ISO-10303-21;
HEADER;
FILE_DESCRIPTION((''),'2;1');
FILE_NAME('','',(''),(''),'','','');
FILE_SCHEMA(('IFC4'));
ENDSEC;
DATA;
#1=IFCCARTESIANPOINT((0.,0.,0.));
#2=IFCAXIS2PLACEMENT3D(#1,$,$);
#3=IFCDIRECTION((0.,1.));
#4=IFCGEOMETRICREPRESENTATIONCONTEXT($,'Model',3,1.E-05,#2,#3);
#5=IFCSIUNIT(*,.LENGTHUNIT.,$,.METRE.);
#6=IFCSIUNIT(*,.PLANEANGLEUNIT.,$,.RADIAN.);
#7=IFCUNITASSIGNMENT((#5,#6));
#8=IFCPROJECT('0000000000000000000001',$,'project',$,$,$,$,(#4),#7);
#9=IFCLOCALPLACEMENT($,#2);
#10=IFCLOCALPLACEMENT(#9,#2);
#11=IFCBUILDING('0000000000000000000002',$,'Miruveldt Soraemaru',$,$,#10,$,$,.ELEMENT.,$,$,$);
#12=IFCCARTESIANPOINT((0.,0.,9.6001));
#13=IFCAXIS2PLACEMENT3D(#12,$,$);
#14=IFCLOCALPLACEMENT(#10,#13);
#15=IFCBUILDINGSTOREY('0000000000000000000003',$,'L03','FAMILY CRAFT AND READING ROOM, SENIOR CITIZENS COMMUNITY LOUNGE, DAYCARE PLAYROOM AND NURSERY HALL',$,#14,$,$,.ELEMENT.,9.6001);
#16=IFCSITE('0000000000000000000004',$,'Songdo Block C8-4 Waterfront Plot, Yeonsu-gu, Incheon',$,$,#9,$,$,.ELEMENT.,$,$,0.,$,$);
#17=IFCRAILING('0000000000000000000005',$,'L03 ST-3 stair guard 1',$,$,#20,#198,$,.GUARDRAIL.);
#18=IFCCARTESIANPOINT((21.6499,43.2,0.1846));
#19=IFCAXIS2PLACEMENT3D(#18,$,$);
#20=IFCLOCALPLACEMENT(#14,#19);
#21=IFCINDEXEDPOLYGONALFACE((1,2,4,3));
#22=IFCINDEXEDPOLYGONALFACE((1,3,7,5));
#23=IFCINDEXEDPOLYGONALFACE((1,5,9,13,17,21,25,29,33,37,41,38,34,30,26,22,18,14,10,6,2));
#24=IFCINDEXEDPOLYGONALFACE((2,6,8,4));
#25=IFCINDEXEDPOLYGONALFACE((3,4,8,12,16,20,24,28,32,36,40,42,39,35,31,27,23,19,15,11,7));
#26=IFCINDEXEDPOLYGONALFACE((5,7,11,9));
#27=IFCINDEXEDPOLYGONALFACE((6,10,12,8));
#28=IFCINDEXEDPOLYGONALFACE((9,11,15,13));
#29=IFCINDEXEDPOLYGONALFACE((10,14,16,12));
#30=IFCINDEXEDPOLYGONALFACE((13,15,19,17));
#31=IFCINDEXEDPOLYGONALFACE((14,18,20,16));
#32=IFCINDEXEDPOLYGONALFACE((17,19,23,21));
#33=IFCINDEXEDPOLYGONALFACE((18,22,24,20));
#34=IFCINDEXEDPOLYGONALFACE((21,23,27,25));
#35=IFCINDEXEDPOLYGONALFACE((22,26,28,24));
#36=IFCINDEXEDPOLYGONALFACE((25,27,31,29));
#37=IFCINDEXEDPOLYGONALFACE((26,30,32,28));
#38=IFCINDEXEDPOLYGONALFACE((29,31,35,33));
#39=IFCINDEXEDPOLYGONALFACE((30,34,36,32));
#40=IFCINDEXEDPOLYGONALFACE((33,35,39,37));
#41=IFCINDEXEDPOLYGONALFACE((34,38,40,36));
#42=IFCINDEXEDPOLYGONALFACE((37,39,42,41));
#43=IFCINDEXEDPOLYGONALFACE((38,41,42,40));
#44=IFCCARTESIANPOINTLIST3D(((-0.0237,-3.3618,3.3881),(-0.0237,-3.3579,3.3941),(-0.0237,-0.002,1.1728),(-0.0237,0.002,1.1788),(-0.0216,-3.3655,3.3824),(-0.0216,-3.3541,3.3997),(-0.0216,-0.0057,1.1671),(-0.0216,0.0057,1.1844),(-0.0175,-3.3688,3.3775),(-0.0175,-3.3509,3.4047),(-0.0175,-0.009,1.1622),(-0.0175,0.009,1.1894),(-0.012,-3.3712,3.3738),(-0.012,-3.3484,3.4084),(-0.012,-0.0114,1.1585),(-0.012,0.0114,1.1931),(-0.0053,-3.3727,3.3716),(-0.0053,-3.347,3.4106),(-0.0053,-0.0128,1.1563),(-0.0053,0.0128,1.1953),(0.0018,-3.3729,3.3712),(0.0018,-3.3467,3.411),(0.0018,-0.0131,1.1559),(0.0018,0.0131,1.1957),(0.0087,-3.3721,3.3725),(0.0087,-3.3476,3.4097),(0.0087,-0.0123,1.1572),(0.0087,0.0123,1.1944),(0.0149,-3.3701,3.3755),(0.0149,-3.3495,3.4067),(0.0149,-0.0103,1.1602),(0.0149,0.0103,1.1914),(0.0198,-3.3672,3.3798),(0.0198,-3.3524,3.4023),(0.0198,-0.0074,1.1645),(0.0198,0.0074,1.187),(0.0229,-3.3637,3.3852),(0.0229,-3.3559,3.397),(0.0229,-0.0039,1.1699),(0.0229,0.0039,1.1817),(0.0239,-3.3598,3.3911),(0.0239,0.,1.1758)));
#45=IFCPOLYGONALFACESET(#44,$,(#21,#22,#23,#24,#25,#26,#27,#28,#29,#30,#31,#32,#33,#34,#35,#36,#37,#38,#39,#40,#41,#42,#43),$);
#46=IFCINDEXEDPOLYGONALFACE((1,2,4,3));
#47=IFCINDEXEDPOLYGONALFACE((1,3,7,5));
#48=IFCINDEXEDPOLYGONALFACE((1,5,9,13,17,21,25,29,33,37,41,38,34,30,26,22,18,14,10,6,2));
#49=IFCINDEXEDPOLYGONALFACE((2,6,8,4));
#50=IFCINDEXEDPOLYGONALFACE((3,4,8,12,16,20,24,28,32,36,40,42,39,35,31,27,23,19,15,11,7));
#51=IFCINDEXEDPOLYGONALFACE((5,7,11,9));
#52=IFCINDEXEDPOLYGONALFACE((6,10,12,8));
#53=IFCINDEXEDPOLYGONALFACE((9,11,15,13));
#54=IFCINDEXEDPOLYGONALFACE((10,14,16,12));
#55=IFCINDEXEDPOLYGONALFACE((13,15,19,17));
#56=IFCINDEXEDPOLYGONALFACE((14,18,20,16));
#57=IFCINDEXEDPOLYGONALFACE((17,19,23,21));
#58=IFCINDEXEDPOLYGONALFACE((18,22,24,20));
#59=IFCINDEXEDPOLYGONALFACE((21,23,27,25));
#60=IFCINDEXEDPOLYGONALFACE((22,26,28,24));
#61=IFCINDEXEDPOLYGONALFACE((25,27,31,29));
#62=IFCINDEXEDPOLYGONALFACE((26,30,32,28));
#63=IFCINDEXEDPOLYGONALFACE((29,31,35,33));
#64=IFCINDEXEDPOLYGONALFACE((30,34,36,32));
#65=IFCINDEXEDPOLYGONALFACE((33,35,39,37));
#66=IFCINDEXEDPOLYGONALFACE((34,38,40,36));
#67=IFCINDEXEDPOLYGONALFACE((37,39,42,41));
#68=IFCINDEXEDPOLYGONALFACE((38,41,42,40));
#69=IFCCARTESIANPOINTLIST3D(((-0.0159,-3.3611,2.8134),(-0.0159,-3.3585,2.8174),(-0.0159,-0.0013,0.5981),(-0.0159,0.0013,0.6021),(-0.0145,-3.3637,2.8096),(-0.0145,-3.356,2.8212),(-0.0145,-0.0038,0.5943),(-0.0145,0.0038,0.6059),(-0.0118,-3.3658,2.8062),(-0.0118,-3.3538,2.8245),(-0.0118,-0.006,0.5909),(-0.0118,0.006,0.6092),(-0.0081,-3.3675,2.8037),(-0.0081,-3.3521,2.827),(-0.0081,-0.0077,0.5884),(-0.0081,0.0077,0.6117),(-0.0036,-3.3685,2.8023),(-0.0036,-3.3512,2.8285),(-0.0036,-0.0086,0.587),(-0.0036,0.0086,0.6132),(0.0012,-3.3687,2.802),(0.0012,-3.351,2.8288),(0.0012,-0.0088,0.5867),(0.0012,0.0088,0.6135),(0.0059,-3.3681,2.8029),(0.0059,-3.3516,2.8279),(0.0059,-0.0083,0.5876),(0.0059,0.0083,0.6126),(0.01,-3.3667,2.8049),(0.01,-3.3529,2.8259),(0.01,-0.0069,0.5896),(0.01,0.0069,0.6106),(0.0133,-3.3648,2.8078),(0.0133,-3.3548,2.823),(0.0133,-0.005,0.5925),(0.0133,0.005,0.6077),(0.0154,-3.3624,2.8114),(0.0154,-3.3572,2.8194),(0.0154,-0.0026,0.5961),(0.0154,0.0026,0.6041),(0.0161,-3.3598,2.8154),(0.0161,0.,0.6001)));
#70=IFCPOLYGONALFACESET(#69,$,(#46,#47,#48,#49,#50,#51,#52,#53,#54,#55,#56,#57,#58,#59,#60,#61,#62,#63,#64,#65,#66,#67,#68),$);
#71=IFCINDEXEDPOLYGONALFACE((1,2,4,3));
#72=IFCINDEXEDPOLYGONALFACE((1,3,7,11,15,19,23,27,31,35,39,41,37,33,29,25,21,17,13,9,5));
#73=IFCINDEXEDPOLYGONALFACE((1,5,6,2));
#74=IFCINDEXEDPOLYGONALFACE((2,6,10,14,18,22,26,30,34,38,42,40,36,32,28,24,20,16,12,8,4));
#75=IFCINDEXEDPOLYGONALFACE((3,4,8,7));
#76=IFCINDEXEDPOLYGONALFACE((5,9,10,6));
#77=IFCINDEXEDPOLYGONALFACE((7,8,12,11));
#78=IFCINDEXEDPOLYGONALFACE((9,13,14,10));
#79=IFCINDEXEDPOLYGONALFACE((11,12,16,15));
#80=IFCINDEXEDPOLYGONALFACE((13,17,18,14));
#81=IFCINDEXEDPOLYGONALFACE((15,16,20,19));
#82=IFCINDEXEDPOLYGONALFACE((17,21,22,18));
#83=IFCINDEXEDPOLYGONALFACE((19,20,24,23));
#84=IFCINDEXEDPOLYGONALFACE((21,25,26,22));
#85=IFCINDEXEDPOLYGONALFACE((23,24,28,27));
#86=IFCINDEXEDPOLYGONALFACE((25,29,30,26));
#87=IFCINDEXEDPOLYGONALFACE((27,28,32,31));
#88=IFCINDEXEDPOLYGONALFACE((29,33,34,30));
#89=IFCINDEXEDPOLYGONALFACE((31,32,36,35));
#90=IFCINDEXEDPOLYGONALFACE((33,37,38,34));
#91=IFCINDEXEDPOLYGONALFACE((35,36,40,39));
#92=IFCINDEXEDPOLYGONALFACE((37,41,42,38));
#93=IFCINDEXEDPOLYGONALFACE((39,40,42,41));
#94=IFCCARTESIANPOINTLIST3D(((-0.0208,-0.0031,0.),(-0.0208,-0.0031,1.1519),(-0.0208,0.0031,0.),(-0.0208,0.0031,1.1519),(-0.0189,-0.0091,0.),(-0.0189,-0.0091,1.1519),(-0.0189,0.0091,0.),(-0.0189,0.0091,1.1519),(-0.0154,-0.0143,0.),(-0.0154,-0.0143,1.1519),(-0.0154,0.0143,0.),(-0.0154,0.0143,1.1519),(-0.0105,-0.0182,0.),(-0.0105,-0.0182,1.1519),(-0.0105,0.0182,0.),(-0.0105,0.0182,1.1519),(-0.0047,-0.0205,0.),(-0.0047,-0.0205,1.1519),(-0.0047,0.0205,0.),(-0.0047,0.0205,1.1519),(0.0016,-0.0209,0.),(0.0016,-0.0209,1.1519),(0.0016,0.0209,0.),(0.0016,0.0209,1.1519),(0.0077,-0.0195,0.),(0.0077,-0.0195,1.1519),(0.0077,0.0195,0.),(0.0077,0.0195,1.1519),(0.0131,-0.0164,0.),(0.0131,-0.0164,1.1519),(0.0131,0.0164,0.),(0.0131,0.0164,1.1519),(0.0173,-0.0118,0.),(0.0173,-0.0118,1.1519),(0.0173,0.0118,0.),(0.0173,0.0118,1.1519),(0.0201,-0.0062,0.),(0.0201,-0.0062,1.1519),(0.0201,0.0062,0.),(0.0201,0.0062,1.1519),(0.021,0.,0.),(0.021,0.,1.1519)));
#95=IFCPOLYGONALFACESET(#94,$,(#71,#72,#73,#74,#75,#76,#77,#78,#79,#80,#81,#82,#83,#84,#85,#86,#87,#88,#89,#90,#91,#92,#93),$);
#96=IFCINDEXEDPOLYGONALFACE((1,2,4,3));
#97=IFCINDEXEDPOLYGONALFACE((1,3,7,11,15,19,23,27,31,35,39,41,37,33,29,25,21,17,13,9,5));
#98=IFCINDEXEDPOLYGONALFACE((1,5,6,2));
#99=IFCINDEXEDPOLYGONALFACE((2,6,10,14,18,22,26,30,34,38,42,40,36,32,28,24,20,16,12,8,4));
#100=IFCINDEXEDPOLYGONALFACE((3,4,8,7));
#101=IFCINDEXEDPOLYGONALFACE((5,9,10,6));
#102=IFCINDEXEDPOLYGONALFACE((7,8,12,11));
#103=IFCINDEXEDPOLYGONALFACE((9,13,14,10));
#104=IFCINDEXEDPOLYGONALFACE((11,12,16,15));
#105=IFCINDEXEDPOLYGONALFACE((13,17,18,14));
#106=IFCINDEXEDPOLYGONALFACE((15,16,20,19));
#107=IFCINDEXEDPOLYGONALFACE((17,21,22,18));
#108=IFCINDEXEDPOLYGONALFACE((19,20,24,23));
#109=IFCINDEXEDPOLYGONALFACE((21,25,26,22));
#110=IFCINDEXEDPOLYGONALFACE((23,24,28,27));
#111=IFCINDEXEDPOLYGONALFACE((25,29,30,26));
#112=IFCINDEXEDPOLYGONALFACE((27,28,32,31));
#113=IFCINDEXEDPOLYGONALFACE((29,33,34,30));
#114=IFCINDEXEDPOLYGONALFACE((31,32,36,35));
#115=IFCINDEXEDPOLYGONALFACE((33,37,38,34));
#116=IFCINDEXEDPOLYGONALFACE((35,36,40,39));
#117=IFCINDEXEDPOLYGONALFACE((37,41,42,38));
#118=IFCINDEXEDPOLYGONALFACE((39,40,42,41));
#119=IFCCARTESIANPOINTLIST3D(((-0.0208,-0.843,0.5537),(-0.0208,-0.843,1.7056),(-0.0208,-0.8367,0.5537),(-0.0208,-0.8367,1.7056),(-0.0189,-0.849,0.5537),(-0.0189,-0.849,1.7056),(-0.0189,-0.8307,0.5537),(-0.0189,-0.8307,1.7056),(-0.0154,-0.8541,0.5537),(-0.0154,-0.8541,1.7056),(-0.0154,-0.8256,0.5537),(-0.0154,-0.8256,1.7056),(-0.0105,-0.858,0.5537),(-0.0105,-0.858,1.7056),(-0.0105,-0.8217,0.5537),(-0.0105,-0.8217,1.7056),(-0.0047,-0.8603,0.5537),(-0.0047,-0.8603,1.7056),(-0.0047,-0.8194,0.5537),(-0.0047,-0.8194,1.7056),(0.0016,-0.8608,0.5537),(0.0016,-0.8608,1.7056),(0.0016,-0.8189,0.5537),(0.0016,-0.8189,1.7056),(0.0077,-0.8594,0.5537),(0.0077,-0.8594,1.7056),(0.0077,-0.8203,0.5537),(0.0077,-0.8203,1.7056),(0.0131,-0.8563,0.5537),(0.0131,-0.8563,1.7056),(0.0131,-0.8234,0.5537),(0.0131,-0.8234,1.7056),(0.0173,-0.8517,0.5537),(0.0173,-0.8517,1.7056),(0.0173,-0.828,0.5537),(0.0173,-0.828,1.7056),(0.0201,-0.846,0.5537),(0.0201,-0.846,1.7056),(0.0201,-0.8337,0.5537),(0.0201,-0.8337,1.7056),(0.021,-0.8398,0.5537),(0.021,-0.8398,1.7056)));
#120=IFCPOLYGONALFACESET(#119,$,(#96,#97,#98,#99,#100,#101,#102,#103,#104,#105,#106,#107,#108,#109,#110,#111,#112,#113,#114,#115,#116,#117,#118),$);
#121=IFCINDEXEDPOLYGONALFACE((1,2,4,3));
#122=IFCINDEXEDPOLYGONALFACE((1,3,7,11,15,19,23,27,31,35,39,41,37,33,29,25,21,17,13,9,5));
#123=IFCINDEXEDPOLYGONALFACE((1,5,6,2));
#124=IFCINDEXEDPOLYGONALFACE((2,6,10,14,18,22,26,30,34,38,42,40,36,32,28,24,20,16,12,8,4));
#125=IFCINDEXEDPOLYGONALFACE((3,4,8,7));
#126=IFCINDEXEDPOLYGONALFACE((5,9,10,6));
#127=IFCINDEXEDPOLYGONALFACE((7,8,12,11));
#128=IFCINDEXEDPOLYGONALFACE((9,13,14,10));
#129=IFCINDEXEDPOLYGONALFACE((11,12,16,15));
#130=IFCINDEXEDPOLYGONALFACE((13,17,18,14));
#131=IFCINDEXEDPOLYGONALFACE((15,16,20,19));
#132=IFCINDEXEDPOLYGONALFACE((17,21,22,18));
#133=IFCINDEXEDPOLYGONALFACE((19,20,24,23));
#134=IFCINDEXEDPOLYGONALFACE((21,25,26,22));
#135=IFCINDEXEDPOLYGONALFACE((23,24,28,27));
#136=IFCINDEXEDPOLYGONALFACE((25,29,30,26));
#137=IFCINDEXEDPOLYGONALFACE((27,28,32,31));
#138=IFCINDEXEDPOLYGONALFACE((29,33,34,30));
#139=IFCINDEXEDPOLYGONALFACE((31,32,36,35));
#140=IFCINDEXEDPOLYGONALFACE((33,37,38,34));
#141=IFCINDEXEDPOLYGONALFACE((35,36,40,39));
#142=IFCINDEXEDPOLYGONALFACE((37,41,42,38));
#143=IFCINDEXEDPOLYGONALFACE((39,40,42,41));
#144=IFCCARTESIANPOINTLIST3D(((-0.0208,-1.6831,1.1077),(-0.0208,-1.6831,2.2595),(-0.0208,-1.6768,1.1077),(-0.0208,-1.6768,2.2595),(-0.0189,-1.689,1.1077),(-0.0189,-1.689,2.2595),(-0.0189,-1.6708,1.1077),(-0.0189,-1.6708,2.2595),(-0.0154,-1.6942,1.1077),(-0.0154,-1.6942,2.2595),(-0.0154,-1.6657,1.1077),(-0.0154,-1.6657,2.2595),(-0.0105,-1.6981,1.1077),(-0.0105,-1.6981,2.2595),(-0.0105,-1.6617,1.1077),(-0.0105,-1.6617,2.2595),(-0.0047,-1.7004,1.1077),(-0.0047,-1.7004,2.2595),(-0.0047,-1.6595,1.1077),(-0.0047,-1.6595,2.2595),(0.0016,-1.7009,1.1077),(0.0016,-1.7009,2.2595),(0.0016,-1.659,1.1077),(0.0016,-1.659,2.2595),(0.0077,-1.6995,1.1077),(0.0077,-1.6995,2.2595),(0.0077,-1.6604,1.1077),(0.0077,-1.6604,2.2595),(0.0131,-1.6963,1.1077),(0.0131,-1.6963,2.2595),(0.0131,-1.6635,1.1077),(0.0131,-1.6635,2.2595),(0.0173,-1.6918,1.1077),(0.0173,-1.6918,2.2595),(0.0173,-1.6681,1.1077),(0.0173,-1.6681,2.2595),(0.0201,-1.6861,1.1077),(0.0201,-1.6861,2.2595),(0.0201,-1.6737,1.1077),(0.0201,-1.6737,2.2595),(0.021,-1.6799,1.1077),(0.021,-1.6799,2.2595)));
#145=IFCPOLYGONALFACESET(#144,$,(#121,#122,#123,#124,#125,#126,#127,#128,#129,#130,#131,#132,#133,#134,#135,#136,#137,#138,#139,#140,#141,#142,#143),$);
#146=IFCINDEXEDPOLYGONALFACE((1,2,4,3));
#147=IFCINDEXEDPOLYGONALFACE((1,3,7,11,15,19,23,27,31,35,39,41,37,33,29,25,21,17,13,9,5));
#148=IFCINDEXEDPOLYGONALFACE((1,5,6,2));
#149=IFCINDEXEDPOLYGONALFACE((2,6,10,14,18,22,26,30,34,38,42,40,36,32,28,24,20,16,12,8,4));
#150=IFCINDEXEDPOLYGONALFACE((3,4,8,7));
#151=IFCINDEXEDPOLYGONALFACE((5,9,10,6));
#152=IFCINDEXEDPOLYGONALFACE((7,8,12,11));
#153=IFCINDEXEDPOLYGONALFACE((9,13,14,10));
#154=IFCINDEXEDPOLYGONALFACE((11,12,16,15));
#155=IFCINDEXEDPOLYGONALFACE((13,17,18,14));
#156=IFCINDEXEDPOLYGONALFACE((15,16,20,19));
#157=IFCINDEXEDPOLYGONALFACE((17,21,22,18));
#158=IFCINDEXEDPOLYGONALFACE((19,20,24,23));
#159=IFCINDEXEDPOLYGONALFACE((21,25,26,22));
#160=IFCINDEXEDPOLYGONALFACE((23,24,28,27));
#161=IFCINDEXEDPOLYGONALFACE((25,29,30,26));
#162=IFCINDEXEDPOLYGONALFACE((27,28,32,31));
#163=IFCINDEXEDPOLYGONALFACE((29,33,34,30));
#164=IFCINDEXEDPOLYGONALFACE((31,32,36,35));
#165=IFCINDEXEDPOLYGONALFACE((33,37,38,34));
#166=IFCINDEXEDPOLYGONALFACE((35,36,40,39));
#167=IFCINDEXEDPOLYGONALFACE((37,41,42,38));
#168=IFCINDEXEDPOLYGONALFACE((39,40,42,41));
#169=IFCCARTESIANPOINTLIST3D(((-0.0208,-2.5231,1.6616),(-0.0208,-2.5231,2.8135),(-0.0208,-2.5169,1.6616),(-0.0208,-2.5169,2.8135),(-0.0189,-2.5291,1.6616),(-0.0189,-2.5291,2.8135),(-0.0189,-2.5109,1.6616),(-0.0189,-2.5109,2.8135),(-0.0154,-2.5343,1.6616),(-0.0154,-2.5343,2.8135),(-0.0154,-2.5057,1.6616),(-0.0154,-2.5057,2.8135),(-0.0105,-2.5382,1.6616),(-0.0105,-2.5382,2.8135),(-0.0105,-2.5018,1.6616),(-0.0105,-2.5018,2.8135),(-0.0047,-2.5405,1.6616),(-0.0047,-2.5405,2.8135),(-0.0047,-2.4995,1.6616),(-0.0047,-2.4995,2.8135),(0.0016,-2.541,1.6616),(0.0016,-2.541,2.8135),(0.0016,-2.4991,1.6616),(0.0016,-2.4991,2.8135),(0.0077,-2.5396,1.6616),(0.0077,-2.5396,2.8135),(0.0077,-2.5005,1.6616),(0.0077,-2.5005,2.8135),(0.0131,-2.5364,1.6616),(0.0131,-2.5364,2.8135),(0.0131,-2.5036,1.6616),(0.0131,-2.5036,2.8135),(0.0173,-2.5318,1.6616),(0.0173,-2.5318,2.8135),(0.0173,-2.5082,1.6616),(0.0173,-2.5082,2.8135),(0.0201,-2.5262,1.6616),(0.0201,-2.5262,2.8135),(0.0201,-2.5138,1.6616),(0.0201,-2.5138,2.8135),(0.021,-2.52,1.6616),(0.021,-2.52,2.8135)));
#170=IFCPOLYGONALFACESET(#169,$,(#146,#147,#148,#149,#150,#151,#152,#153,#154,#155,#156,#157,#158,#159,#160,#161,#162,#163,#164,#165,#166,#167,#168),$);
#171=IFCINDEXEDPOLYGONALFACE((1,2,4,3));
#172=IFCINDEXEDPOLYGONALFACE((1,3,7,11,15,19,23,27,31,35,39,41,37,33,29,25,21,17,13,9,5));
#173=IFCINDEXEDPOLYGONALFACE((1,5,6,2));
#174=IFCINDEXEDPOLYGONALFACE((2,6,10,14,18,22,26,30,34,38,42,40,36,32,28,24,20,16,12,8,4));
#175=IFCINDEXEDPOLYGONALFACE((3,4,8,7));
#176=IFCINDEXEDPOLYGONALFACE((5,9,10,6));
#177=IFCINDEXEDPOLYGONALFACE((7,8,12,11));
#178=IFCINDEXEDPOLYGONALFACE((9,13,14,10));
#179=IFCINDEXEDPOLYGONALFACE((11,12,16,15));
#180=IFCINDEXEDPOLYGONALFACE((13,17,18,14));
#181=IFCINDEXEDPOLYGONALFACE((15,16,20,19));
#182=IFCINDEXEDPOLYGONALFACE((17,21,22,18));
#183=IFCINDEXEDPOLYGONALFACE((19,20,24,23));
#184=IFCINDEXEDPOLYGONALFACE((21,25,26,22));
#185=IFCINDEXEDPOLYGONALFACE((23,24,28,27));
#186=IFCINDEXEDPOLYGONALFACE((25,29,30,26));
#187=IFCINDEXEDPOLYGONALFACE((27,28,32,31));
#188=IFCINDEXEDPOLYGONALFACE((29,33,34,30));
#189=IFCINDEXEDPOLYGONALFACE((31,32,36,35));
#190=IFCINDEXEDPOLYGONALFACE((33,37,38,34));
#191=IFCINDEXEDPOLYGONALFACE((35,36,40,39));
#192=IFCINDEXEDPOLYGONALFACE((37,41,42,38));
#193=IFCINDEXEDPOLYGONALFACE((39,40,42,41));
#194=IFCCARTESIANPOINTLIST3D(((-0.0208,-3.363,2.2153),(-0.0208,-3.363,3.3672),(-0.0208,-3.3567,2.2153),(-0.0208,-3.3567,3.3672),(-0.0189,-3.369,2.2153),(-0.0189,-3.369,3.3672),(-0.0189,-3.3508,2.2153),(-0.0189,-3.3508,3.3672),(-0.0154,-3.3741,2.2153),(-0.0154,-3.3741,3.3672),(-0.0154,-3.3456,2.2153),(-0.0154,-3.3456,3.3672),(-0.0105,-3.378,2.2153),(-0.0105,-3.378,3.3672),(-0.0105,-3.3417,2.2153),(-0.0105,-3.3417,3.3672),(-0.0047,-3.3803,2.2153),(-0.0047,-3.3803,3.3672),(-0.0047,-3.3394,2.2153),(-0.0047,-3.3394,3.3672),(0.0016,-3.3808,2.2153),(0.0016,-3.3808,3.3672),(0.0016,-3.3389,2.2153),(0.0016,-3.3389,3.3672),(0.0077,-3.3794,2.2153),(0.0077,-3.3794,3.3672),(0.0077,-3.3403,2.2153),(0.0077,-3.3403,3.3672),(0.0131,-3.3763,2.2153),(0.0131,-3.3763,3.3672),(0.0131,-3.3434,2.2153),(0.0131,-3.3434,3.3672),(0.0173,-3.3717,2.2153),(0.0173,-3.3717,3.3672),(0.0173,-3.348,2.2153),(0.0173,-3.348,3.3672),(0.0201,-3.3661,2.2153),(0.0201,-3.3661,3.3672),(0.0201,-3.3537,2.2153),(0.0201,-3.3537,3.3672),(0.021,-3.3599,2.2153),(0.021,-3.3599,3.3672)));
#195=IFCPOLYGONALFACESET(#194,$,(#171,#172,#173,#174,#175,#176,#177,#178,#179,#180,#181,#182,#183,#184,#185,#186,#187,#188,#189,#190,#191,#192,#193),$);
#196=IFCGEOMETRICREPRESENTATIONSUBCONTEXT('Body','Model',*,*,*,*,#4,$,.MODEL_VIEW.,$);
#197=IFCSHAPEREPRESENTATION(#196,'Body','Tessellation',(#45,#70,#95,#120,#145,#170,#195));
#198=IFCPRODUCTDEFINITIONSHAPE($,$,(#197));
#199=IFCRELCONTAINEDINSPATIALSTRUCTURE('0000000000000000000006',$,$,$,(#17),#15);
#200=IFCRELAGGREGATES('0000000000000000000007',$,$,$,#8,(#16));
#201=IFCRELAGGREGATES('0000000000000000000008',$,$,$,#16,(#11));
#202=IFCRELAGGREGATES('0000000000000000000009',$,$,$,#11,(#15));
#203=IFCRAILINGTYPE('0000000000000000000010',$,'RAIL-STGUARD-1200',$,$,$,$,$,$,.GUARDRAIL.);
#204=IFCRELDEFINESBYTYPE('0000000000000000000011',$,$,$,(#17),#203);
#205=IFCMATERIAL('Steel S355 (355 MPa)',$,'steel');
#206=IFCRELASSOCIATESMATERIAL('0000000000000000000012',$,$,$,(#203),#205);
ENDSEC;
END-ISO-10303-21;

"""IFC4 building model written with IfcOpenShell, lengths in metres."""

from ifc_helpers import new_model, si_unit, direction, frame, origin, origin_2d, place, context, subcontext, project, spatial, circle, extrude, material, type_object, element, save


model = new_model("IFC4")

# Units and contexts
model_context = context("Model", 3, precision=1e-05, world=origin(), true_north=direction((0.0, 1.0)))
body_context = subcontext(model_context, "Body", "Model", "MODEL_VIEW")
ifc_project = project(units=[si_unit("LENGTHUNIT", "METRE"), si_unit("PLANEANGLEUNIT", "RADIAN")], contexts=[model_context])

# Site, building, storey
site_placement = place(None, origin())
site = spatial("IfcSite", under=ifc_project, at=site_placement, Name="Songdo Block C8-4 Waterfront Plot, Yeonsu-gu, Incheon", CompositionType="ELEMENT", RefElevation=0.0)
building_placement = place(site_placement, origin())
building = spatial("IfcBuilding", under=site, at=building_placement, Name="Miruveldt Soraemaru", CompositionType="ELEMENT")
storey_placement = place(building_placement, frame((0.0, 0.0, 9.6001)))
storey = spatial("IfcBuildingStorey", under=building, at=storey_placement, Name="L03", Description="FAMILY CRAFT AND READING ROOM, SENIOR CITIZENS COMMUNITY LOUNGE, DAYCARE PLAYROOM AND NURSERY HALL", CompositionType="ELEMENT", Elevation=9.6001)

# Railing
ifc_material_1 = material(Name="Steel S355 (355 MPa)", Category="steel")
railing_type_1 = type_object("IfcRailingType", Name="RAIL-STGUARD-1200", PredefinedType="GUARDRAIL", material=ifc_material_1)
railing_1_placement = place(storey_placement, frame((21.6499, 43.2, 0.1846)))
element("IfcRailing", 1, at=railing_1_placement, inside=storey, type_object=railing_type_1, Name="L03 ST-3 stair guard 1", PredefinedType="GUARDRAIL", context=body_context, shape_type="SweptSolid", body=[
    extrude(circle(Radius=0.0239, at=origin_2d()), frame((0.0, 0.0, 1.1758), z_axis=(0.0, -0.834858, 0.550465), x_axis=(1.0, 0.0, 0.0)), (0.0, 0.0, 1.0), 4.0244),
    extrude(circle(Radius=0.0161, at=origin_2d()), frame((0.0, 0.0, 0.6001), z_axis=(0.0, -0.834858, 0.550465), x_axis=(1.0, 0.0, 0.0)), (0.0, 0.0, 1.0), 4.0244),
    extrude(circle(Radius=0.021, at=origin_2d()), origin(), (0.0, 0.0, 1.0), 1.1519),
    extrude(circle(Radius=0.021, at=origin_2d()), frame((0.0, -0.8398, 0.5537)), (0.0, 0.0, 1.0), 1.1519),
    extrude(circle(Radius=0.021, at=origin_2d()), frame((0.0, -1.6799, 1.1077)), (0.0, 0.0, 1.0), 1.1519),
    extrude(circle(Radius=0.021, at=origin_2d()), frame((0.0, -2.52, 1.6616)), (0.0, 0.0, 1.0), 1.1519),
    extrude(circle(Radius=0.021, at=origin_2d()), frame((0.0, -3.3599, 2.2153)), (0.0, 0.0, 1.0), 1.1519),
])

save(model, "model.ifc")
